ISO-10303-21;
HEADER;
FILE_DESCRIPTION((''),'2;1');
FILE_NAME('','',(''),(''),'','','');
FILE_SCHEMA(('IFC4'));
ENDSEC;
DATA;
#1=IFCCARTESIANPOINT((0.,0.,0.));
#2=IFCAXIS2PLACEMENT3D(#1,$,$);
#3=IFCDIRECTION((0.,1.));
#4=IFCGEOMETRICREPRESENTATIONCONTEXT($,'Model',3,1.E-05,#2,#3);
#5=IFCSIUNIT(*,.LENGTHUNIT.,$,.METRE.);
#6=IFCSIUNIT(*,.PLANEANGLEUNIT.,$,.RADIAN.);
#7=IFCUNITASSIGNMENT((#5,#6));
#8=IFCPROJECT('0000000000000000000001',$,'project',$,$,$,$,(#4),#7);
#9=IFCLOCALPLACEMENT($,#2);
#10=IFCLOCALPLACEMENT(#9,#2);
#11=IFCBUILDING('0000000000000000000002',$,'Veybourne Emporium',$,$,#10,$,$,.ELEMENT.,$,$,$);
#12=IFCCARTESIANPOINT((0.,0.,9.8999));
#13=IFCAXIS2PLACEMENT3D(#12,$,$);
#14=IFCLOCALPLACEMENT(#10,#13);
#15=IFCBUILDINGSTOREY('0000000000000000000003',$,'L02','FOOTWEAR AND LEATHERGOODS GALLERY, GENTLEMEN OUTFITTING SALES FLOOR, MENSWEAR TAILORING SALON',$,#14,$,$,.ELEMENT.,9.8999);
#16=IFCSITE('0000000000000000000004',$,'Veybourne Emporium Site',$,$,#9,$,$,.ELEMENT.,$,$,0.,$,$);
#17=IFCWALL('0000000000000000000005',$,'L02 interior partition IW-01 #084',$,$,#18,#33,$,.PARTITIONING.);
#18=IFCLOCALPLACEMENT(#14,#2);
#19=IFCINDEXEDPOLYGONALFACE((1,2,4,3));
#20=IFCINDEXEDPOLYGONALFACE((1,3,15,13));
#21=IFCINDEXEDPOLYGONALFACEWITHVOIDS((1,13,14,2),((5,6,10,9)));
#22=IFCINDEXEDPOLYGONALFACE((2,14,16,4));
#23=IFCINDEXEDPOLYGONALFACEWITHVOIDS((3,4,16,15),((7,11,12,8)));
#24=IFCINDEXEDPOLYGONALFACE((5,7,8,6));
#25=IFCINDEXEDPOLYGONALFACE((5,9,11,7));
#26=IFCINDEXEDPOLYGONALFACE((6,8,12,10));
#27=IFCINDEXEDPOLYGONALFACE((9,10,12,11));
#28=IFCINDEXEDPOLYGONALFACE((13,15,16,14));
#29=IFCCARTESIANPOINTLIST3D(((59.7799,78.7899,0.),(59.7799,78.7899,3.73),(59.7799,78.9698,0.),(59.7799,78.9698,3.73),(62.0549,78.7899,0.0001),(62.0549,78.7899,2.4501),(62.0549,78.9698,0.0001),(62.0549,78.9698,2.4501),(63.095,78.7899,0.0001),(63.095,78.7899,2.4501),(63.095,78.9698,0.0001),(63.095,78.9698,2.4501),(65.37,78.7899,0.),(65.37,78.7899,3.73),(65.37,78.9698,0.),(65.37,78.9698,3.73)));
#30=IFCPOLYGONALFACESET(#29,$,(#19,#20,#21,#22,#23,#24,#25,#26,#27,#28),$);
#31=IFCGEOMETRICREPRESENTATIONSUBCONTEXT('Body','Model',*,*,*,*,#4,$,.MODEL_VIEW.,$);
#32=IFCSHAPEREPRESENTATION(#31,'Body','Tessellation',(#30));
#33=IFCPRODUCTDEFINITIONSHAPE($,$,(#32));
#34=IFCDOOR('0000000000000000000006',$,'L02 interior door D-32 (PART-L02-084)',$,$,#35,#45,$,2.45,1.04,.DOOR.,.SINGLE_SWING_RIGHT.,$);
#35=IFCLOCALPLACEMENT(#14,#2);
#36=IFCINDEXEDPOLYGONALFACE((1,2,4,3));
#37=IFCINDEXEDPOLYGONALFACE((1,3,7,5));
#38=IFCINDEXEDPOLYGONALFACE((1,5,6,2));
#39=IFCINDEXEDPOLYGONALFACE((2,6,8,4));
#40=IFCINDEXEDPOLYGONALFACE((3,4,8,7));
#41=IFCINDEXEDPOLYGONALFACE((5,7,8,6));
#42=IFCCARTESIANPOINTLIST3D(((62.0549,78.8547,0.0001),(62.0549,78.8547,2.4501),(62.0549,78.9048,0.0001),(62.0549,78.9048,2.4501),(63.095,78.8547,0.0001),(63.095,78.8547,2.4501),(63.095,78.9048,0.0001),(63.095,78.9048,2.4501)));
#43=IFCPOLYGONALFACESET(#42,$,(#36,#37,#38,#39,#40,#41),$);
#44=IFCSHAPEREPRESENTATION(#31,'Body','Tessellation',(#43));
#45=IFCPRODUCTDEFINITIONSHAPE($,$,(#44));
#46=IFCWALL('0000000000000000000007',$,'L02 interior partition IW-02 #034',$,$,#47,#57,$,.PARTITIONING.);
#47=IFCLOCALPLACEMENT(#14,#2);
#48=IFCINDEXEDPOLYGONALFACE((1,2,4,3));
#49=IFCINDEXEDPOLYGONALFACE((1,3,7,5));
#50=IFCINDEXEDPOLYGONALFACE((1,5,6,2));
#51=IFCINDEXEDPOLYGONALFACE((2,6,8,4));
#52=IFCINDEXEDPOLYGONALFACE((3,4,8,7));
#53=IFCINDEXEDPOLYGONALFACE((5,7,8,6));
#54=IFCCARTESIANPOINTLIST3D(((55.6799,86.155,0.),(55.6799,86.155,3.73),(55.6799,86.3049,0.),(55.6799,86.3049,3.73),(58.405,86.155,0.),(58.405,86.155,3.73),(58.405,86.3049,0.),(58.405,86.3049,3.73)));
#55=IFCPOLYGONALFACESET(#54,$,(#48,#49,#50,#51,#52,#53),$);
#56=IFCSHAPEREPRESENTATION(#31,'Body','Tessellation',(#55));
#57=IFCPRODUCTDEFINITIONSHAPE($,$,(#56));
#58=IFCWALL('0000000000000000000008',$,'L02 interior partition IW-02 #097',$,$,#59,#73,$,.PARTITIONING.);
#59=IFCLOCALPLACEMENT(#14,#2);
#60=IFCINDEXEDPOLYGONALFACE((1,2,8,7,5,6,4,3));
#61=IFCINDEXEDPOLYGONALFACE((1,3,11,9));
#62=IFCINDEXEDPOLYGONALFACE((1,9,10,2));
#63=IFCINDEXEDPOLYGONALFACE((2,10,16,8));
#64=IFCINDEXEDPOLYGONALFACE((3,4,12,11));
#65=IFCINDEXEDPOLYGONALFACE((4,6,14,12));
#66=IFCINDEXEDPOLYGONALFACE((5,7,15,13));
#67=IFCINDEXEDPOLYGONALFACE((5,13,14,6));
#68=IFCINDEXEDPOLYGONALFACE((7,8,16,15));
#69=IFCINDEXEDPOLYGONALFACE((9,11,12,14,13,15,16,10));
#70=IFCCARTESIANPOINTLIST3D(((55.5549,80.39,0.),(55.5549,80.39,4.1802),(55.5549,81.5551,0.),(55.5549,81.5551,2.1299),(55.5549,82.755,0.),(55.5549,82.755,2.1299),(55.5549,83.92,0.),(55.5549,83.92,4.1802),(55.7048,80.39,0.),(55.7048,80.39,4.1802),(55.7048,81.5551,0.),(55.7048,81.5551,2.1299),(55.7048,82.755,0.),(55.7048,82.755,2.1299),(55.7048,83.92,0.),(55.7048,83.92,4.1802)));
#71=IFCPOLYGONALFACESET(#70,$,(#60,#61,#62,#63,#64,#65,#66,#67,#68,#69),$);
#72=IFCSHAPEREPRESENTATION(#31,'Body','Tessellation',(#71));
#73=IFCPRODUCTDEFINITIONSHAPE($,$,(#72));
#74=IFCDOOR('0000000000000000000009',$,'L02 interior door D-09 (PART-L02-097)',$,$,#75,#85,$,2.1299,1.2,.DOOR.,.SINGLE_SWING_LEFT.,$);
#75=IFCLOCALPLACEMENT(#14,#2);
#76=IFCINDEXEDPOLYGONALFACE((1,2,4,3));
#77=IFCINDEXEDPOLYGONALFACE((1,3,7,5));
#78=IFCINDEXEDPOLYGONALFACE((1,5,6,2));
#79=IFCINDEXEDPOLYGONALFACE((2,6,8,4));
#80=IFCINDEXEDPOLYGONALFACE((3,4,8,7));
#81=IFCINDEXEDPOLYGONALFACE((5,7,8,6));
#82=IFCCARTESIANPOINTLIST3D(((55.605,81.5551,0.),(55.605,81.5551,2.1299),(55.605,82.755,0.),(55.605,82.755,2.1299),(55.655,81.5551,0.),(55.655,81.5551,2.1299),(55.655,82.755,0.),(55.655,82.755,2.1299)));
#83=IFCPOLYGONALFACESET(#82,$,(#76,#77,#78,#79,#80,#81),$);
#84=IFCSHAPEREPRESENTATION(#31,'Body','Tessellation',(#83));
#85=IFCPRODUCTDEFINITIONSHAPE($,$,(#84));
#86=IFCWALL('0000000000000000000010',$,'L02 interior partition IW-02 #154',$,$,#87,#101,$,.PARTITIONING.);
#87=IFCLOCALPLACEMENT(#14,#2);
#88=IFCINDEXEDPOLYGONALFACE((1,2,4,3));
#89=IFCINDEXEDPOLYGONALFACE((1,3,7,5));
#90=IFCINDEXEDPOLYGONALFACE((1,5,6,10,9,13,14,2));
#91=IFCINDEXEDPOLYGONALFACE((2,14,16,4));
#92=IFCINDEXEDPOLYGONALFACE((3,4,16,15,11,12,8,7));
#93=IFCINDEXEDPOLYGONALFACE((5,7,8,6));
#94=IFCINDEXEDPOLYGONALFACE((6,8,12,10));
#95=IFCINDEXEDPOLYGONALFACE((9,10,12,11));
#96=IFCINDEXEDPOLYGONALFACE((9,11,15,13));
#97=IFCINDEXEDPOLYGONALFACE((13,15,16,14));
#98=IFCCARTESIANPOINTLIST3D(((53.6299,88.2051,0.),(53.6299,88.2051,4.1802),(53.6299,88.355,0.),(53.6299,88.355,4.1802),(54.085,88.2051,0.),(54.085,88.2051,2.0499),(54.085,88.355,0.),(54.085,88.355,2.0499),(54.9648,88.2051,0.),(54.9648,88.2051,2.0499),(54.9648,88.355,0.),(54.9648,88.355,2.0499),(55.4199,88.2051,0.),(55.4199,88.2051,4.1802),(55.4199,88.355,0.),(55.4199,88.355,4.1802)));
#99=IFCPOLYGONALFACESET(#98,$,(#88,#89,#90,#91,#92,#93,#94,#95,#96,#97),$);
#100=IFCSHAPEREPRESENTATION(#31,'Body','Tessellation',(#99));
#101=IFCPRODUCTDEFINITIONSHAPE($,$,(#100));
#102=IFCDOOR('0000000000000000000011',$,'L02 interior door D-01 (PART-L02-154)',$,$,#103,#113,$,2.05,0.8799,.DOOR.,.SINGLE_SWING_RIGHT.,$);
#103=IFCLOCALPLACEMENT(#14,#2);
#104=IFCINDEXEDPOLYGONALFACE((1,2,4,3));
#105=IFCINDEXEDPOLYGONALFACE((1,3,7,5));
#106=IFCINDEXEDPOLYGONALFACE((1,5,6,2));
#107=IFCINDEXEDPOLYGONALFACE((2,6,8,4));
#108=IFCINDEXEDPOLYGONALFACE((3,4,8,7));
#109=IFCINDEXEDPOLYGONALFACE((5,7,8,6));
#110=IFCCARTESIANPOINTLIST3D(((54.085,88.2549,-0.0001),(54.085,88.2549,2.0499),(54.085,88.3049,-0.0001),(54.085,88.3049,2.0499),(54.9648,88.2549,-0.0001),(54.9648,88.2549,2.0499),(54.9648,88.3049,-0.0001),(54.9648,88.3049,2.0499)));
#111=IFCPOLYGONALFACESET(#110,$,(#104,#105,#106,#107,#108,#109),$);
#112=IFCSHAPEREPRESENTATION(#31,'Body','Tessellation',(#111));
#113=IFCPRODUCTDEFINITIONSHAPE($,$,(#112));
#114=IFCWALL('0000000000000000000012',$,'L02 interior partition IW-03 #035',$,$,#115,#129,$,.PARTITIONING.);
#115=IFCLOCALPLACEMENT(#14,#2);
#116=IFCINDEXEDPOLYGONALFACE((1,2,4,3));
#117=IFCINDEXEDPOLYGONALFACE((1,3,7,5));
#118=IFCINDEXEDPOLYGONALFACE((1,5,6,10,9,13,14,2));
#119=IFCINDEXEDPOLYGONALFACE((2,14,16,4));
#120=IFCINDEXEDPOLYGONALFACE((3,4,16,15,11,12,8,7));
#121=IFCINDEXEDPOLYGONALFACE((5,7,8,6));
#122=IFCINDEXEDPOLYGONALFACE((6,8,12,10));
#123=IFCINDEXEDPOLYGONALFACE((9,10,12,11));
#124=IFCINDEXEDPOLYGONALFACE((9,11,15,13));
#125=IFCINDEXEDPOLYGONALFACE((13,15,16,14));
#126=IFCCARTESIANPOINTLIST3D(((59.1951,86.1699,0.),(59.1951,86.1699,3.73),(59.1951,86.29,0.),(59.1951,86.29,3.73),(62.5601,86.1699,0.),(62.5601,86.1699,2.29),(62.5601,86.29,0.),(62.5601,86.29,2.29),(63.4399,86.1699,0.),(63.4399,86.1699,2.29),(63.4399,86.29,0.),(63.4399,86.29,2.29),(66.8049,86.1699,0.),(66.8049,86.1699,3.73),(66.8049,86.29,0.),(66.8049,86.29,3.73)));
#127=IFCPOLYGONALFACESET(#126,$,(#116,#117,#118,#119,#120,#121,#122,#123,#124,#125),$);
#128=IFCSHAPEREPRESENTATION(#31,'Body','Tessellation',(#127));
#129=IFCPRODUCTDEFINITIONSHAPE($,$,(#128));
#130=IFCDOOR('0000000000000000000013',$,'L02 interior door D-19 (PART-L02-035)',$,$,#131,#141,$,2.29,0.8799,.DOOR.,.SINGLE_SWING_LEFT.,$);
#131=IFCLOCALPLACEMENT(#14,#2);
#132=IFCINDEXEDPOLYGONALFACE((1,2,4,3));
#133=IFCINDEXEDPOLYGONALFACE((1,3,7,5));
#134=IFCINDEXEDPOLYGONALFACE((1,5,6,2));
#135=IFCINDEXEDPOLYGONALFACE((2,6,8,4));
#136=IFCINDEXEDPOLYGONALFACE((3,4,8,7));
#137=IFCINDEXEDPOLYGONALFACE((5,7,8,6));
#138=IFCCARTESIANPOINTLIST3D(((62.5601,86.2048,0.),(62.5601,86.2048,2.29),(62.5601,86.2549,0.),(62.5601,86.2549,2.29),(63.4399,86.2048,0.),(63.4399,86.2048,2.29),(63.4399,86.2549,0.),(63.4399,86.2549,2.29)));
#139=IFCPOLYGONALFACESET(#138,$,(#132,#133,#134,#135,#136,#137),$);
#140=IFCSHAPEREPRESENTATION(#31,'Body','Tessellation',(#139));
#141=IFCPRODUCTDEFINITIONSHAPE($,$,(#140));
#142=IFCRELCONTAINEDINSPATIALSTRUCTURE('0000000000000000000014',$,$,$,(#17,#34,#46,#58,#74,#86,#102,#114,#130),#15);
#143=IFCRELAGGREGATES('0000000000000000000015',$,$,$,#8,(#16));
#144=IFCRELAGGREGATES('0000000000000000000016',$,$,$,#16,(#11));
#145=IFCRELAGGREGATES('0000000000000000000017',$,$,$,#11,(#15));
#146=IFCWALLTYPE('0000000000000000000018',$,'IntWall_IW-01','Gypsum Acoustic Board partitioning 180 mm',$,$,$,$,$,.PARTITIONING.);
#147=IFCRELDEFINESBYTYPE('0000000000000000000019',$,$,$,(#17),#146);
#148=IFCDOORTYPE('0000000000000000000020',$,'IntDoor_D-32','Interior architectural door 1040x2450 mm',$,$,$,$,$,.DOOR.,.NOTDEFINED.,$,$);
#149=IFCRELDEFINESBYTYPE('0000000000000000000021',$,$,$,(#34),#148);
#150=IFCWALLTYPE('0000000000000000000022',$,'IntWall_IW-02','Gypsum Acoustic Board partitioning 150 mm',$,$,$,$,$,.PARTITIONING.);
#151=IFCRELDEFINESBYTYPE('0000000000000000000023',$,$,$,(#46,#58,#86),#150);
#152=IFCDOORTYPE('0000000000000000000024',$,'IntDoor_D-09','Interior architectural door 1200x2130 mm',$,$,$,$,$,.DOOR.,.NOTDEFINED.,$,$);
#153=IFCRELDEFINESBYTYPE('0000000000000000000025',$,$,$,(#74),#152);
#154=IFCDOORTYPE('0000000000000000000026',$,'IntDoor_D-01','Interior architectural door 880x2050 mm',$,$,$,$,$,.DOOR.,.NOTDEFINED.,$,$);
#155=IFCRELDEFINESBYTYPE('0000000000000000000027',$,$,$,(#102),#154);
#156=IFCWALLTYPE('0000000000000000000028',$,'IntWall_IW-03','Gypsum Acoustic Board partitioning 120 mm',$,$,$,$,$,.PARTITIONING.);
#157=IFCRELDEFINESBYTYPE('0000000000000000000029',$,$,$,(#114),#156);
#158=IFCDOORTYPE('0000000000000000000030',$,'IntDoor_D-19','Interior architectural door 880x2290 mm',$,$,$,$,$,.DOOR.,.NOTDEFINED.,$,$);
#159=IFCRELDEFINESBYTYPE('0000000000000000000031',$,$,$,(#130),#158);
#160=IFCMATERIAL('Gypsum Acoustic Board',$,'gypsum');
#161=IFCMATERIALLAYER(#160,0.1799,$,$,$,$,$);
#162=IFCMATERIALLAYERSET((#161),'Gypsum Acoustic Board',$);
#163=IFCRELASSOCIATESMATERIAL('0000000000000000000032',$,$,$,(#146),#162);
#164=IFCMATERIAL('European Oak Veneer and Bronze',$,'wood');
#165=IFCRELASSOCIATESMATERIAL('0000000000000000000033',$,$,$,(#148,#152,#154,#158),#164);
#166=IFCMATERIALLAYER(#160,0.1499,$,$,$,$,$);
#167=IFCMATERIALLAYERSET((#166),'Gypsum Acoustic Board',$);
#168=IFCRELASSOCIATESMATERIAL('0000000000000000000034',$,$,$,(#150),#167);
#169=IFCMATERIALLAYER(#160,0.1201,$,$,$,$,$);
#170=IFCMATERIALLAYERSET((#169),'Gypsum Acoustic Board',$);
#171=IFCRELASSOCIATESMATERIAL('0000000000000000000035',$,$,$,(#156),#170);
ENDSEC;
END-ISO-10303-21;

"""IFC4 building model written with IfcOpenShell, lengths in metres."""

from ifc_helpers import new_model, si_unit, direction, frame, frame_2d, origin, place, context, subcontext, project, spatial, rectangle, extrude, material, layer, layer_set, type_object, element, fill, save


model = new_model("IFC4")

# Units and contexts
model_context = context("Model", 3, precision=1e-05, world=origin(), true_north=direction((0.0, 1.0)))
body_context = subcontext(model_context, "Body", "Model", "MODEL_VIEW")
ifc_project = project(units=[si_unit("LENGTHUNIT", "METRE"), si_unit("PLANEANGLEUNIT", "RADIAN")], contexts=[model_context])

# Site, building, storey
site_placement = place(None, origin())
site = spatial("IfcSite", under=ifc_project, at=site_placement, Name="Veybourne Emporium Site", CompositionType="ELEMENT", RefElevation=0.0)
building_placement = place(site_placement, origin())
building = spatial("IfcBuilding", under=site, at=building_placement, Name="Veybourne Emporium", CompositionType="ELEMENT")
storey_placement = place(building_placement, frame((0.0, 0.0, 9.8999)))
storey = spatial("IfcBuildingStorey", under=building, at=storey_placement, Name="L02", Description="FOOTWEAR AND LEATHERGOODS GALLERY, GENTLEMEN OUTFITTING SALES FLOOR, MENSWEAR TAILORING SALON", CompositionType="ELEMENT", Elevation=9.8999)

# Wall, opening, door
ifc_material_1 = material(Name="Gypsum Acoustic Board", Category="gypsum")
ifc_layer_1 = layer(ifc_material_1, 0.1799)
ifc_layer_set_1 = layer_set([ifc_layer_1], Name="Gypsum Acoustic Board")
wall_type_1 = type_object("IfcWallType", Name="IntWall_IW-01", Description="Gypsum Acoustic Board partitioning 180 mm", PredefinedType="PARTITIONING", material=ifc_layer_set_1)
ifc_material_2 = material(Name="European Oak Veneer and Bronze", Category="wood")
wall_1_placement = place(storey_placement, frame((59.78, 78.8799, 0.0), z_axis=(0.0, 0.0, 1.0), x_axis=(1.0, 0.0, 0.0)))
wall_1 = element("IfcWall", 1, at=wall_1_placement, inside=storey, type_object=wall_type_1, Name="L02 interior partition IW-01 #084", PredefinedType="PARTITIONING", context=body_context, shape_type="SweptSolid", body=[
    extrude(rectangle(XDim=5.5901, YDim=0.1799, at=frame_2d((2.7949, 0.0))), origin(), (0.0, 0.0, 1.0), 3.73),
])
opening_1_placement = place(wall_1_placement, frame((2.2749, 0.0, 0.0)))
opening_1 = element("IfcOpeningElement", 2, at=opening_1_placement, cuts=wall_1, PredefinedType="OPENING", context=body_context, shape_type="SweptSolid", body=[
    extrude(rectangle(XDim=1.04, YDim=2.45, at=frame_2d((0.52, 1.2251))), frame((0.0, 0.1099, 0.0), z_axis=(0.0, -1.0, 0.0), x_axis=(1.0, 0.0, 0.0)), (0.0, 0.0, 1.0), 0.22),
])
door_type_1 = type_object("IfcDoorType", Name="IntDoor_D-32", Description="Interior architectural door 1040x2450 mm", OperationType="NOTDEFINED", PredefinedType="DOOR", material=ifc_material_2)
door_1_placement = place(opening_1_placement, origin())
door_1 = element("IfcDoor", 3, at=door_1_placement, inside=storey, type_object=door_type_1, Name="L02 interior door D-32 (PART-L02-084)", OperationType="SINGLE_SWING_RIGHT", OverallHeight=2.45, OverallWidth=1.04, PredefinedType="DOOR", context=body_context, shape_type="SweptSolid", body=[
    extrude(rectangle(XDim=1.04, YDim=2.45, at=frame_2d((0.52, 1.2251))), frame((0.0, 0.0249, 0.0), z_axis=(0.0, -1.0, 0.0), x_axis=(1.0, 0.0, 0.0)), (0.0, 0.0, 1.0), 0.05),
])
fill(opening_1, door_1)

# Wall
ifc_layer_2 = layer(ifc_material_1, 0.1499)
ifc_layer_set_2 = layer_set([ifc_layer_2], Name="Gypsum Acoustic Board")
wall_type_2 = type_object("IfcWallType", Name="IntWall_IW-02", Description="Gypsum Acoustic Board partitioning 150 mm", PredefinedType="PARTITIONING", material=ifc_layer_set_2)
wall_2_placement = place(storey_placement, frame((55.6799, 86.23, 0.0), z_axis=(0.0, 0.0, 1.0), x_axis=(1.0, 0.0, 0.0)))
element("IfcWall", 4, at=wall_2_placement, inside=storey, type_object=wall_type_2, Name="L02 interior partition IW-02 #034", PredefinedType="PARTITIONING", context=body_context, shape_type="SweptSolid", body=[
    extrude(rectangle(XDim=2.7251, YDim=0.1499, at=frame_2d((1.3625, 0.0))), origin(), (0.0, 0.0, 1.0), 3.73),
])

# Walls, openings, doors
wall_3_placement = place(storey_placement, frame((55.6299, 80.3899, 0.0), z_axis=(0.0, 0.0, 1.0), x_axis=(0.0, 1.0, 0.0)))
wall_3 = element("IfcWall", 5, at=wall_3_placement, inside=storey, type_object=wall_type_2, Name="L02 interior partition IW-02 #097", PredefinedType="PARTITIONING", context=body_context, shape_type="SweptSolid", body=[
    extrude(rectangle(XDim=3.53, YDim=0.1499, at=frame_2d((1.7651, 0.0))), origin(), (0.0, 0.0, 1.0), 4.1802),
])
opening_2_placement = place(wall_3_placement, frame((1.165, 0.0, 0.0)))
opening_2 = element("IfcOpeningElement", 6, at=opening_2_placement, cuts=wall_3, PredefinedType="OPENING", context=body_context, shape_type="SweptSolid", body=[
    extrude(rectangle(XDim=1.2, YDim=2.1299, at=frame_2d((0.6001, 1.0649))), frame((0.0, 0.095, 0.0), z_axis=(0.0, -1.0, 0.0), x_axis=(1.0, 0.0, 0.0)), (0.0, 0.0, 1.0), 0.1899),
])
door_type_2 = type_object("IfcDoorType", Name="IntDoor_D-09", Description="Interior architectural door 1200x2130 mm", OperationType="NOTDEFINED", PredefinedType="DOOR", material=ifc_material_2)
door_2_placement = place(opening_2_placement, origin())
door_2 = element("IfcDoor", 7, at=door_2_placement, inside=storey, type_object=door_type_2, Name="L02 interior door D-09 (PART-L02-097)", OperationType="SINGLE_SWING_LEFT", OverallHeight=2.1299, OverallWidth=1.2, PredefinedType="DOOR", context=body_context, shape_type="SweptSolid", body=[
    extrude(rectangle(XDim=1.2, YDim=2.1299, at=frame_2d((0.6001, 1.0649))), frame((0.0, 0.0249, 0.0), z_axis=(0.0, -1.0, 0.0), x_axis=(1.0, 0.0, 0.0)), (0.0, 0.0, 1.0), 0.05),
])
fill(opening_2, door_2)
wall_4_placement = place(storey_placement, frame((53.6299, 88.28, 0.0), z_axis=(0.0, 0.0, 1.0), x_axis=(1.0, 0.0, 0.0)))
wall_4 = element("IfcWall", 8, at=wall_4_placement, inside=storey, type_object=wall_type_2, Name="L02 interior partition IW-02 #154", PredefinedType="PARTITIONING", context=body_context, shape_type="SweptSolid", body=[
    extrude(rectangle(XDim=1.79, YDim=0.1499, at=frame_2d((0.895, 0.0))), origin(), (0.0, 0.0, 1.0), 4.1802),
])
opening_3_placement = place(wall_4_placement, frame((0.4551, 0.0, 0.0)))
opening_3 = element("IfcOpeningElement", 9, at=opening_3_placement, cuts=wall_4, PredefinedType="OPENING", context=body_context, shape_type="SweptSolid", body=[
    extrude(rectangle(XDim=0.8799, YDim=2.05, at=frame_2d((0.4399, 1.0249))), frame((0.0, 0.095, 0.0), z_axis=(0.0, -1.0, 0.0), x_axis=(1.0, 0.0, 0.0)), (0.0, 0.0, 1.0), 0.1899),
])
door_type_3 = type_object("IfcDoorType", Name="IntDoor_D-01", Description="Interior architectural door 880x2050 mm", OperationType="NOTDEFINED", PredefinedType="DOOR", material=ifc_material_2)
door_3_placement = place(opening_3_placement, origin())
door_3 = element("IfcDoor", 10, at=door_3_placement, inside=storey, type_object=door_type_3, Name="L02 interior door D-01 (PART-L02-154)", OperationType="SINGLE_SWING_RIGHT", OverallHeight=2.05, OverallWidth=0.8799, PredefinedType="DOOR", context=body_context, shape_type="SweptSolid", body=[
    extrude(rectangle(XDim=0.8799, YDim=2.05, at=frame_2d((0.4399, 1.0249))), frame((0.0, 0.0249, 0.0), z_axis=(0.0, -1.0, 0.0), x_axis=(1.0, 0.0, 0.0)), (0.0, 0.0, 1.0), 0.05),
])
fill(opening_3, door_3)
ifc_layer_3 = layer(ifc_material_1, 0.1201)
ifc_layer_set_3 = layer_set([ifc_layer_3], Name="Gypsum Acoustic Board")
wall_type_3 = type_object("IfcWallType", Name="IntWall_IW-03", Description="Gypsum Acoustic Board partitioning 120 mm", PredefinedType="PARTITIONING", material=ifc_layer_set_3)
wall_5_placement = place(storey_placement, frame((59.1951, 86.23, 0.0), z_axis=(0.0, 0.0, 1.0), x_axis=(1.0, 0.0, 0.0)))
wall_5 = element("IfcWall", 11, at=wall_5_placement, inside=storey, type_object=wall_type_3, Name="L02 interior partition IW-03 #035", PredefinedType="PARTITIONING", context=body_context, shape_type="SweptSolid", body=[
    extrude(rectangle(XDim=7.6099, YDim=0.1201, at=frame_2d((3.8049, 0.0))), origin(), (0.0, 0.0, 1.0), 3.73),
])
opening_4_placement = place(wall_5_placement, frame((3.365, 0.0, 0.0)))
opening_4 = element("IfcOpeningElement", 12, at=opening_4_placement, cuts=wall_5, PredefinedType="OPENING", context=body_context, shape_type="SweptSolid", body=[
    extrude(rectangle(XDim=0.8799, YDim=2.29, at=frame_2d((0.4399, 1.145))), frame((0.0, 0.0801, 0.0), z_axis=(0.0, -1.0, 0.0), x_axis=(1.0, 0.0, 0.0)), (0.0, 0.0, 1.0), 0.1602),
])
door_type_4 = type_object("IfcDoorType", Name="IntDoor_D-19", Description="Interior architectural door 880x2290 mm", OperationType="NOTDEFINED", PredefinedType="DOOR", material=ifc_material_2)
door_4_placement = place(opening_4_placement, origin())
door_4 = element("IfcDoor", 13, at=door_4_placement, inside=storey, type_object=door_type_4, Name="L02 interior door D-19 (PART-L02-035)", OperationType="SINGLE_SWING_LEFT", OverallHeight=2.29, OverallWidth=0.8799, PredefinedType="DOOR", context=body_context, shape_type="SweptSolid", body=[
    extrude(rectangle(XDim=0.8799, YDim=2.29, at=frame_2d((0.4399, 1.145))), frame((0.0, 0.0249, 0.0), z_axis=(0.0, -1.0, 0.0), x_axis=(1.0, 0.0, 0.0)), (0.0, 0.0, 1.0), 0.05),
])
fill(opening_4, door_4)

save(model, "model.ifc")
